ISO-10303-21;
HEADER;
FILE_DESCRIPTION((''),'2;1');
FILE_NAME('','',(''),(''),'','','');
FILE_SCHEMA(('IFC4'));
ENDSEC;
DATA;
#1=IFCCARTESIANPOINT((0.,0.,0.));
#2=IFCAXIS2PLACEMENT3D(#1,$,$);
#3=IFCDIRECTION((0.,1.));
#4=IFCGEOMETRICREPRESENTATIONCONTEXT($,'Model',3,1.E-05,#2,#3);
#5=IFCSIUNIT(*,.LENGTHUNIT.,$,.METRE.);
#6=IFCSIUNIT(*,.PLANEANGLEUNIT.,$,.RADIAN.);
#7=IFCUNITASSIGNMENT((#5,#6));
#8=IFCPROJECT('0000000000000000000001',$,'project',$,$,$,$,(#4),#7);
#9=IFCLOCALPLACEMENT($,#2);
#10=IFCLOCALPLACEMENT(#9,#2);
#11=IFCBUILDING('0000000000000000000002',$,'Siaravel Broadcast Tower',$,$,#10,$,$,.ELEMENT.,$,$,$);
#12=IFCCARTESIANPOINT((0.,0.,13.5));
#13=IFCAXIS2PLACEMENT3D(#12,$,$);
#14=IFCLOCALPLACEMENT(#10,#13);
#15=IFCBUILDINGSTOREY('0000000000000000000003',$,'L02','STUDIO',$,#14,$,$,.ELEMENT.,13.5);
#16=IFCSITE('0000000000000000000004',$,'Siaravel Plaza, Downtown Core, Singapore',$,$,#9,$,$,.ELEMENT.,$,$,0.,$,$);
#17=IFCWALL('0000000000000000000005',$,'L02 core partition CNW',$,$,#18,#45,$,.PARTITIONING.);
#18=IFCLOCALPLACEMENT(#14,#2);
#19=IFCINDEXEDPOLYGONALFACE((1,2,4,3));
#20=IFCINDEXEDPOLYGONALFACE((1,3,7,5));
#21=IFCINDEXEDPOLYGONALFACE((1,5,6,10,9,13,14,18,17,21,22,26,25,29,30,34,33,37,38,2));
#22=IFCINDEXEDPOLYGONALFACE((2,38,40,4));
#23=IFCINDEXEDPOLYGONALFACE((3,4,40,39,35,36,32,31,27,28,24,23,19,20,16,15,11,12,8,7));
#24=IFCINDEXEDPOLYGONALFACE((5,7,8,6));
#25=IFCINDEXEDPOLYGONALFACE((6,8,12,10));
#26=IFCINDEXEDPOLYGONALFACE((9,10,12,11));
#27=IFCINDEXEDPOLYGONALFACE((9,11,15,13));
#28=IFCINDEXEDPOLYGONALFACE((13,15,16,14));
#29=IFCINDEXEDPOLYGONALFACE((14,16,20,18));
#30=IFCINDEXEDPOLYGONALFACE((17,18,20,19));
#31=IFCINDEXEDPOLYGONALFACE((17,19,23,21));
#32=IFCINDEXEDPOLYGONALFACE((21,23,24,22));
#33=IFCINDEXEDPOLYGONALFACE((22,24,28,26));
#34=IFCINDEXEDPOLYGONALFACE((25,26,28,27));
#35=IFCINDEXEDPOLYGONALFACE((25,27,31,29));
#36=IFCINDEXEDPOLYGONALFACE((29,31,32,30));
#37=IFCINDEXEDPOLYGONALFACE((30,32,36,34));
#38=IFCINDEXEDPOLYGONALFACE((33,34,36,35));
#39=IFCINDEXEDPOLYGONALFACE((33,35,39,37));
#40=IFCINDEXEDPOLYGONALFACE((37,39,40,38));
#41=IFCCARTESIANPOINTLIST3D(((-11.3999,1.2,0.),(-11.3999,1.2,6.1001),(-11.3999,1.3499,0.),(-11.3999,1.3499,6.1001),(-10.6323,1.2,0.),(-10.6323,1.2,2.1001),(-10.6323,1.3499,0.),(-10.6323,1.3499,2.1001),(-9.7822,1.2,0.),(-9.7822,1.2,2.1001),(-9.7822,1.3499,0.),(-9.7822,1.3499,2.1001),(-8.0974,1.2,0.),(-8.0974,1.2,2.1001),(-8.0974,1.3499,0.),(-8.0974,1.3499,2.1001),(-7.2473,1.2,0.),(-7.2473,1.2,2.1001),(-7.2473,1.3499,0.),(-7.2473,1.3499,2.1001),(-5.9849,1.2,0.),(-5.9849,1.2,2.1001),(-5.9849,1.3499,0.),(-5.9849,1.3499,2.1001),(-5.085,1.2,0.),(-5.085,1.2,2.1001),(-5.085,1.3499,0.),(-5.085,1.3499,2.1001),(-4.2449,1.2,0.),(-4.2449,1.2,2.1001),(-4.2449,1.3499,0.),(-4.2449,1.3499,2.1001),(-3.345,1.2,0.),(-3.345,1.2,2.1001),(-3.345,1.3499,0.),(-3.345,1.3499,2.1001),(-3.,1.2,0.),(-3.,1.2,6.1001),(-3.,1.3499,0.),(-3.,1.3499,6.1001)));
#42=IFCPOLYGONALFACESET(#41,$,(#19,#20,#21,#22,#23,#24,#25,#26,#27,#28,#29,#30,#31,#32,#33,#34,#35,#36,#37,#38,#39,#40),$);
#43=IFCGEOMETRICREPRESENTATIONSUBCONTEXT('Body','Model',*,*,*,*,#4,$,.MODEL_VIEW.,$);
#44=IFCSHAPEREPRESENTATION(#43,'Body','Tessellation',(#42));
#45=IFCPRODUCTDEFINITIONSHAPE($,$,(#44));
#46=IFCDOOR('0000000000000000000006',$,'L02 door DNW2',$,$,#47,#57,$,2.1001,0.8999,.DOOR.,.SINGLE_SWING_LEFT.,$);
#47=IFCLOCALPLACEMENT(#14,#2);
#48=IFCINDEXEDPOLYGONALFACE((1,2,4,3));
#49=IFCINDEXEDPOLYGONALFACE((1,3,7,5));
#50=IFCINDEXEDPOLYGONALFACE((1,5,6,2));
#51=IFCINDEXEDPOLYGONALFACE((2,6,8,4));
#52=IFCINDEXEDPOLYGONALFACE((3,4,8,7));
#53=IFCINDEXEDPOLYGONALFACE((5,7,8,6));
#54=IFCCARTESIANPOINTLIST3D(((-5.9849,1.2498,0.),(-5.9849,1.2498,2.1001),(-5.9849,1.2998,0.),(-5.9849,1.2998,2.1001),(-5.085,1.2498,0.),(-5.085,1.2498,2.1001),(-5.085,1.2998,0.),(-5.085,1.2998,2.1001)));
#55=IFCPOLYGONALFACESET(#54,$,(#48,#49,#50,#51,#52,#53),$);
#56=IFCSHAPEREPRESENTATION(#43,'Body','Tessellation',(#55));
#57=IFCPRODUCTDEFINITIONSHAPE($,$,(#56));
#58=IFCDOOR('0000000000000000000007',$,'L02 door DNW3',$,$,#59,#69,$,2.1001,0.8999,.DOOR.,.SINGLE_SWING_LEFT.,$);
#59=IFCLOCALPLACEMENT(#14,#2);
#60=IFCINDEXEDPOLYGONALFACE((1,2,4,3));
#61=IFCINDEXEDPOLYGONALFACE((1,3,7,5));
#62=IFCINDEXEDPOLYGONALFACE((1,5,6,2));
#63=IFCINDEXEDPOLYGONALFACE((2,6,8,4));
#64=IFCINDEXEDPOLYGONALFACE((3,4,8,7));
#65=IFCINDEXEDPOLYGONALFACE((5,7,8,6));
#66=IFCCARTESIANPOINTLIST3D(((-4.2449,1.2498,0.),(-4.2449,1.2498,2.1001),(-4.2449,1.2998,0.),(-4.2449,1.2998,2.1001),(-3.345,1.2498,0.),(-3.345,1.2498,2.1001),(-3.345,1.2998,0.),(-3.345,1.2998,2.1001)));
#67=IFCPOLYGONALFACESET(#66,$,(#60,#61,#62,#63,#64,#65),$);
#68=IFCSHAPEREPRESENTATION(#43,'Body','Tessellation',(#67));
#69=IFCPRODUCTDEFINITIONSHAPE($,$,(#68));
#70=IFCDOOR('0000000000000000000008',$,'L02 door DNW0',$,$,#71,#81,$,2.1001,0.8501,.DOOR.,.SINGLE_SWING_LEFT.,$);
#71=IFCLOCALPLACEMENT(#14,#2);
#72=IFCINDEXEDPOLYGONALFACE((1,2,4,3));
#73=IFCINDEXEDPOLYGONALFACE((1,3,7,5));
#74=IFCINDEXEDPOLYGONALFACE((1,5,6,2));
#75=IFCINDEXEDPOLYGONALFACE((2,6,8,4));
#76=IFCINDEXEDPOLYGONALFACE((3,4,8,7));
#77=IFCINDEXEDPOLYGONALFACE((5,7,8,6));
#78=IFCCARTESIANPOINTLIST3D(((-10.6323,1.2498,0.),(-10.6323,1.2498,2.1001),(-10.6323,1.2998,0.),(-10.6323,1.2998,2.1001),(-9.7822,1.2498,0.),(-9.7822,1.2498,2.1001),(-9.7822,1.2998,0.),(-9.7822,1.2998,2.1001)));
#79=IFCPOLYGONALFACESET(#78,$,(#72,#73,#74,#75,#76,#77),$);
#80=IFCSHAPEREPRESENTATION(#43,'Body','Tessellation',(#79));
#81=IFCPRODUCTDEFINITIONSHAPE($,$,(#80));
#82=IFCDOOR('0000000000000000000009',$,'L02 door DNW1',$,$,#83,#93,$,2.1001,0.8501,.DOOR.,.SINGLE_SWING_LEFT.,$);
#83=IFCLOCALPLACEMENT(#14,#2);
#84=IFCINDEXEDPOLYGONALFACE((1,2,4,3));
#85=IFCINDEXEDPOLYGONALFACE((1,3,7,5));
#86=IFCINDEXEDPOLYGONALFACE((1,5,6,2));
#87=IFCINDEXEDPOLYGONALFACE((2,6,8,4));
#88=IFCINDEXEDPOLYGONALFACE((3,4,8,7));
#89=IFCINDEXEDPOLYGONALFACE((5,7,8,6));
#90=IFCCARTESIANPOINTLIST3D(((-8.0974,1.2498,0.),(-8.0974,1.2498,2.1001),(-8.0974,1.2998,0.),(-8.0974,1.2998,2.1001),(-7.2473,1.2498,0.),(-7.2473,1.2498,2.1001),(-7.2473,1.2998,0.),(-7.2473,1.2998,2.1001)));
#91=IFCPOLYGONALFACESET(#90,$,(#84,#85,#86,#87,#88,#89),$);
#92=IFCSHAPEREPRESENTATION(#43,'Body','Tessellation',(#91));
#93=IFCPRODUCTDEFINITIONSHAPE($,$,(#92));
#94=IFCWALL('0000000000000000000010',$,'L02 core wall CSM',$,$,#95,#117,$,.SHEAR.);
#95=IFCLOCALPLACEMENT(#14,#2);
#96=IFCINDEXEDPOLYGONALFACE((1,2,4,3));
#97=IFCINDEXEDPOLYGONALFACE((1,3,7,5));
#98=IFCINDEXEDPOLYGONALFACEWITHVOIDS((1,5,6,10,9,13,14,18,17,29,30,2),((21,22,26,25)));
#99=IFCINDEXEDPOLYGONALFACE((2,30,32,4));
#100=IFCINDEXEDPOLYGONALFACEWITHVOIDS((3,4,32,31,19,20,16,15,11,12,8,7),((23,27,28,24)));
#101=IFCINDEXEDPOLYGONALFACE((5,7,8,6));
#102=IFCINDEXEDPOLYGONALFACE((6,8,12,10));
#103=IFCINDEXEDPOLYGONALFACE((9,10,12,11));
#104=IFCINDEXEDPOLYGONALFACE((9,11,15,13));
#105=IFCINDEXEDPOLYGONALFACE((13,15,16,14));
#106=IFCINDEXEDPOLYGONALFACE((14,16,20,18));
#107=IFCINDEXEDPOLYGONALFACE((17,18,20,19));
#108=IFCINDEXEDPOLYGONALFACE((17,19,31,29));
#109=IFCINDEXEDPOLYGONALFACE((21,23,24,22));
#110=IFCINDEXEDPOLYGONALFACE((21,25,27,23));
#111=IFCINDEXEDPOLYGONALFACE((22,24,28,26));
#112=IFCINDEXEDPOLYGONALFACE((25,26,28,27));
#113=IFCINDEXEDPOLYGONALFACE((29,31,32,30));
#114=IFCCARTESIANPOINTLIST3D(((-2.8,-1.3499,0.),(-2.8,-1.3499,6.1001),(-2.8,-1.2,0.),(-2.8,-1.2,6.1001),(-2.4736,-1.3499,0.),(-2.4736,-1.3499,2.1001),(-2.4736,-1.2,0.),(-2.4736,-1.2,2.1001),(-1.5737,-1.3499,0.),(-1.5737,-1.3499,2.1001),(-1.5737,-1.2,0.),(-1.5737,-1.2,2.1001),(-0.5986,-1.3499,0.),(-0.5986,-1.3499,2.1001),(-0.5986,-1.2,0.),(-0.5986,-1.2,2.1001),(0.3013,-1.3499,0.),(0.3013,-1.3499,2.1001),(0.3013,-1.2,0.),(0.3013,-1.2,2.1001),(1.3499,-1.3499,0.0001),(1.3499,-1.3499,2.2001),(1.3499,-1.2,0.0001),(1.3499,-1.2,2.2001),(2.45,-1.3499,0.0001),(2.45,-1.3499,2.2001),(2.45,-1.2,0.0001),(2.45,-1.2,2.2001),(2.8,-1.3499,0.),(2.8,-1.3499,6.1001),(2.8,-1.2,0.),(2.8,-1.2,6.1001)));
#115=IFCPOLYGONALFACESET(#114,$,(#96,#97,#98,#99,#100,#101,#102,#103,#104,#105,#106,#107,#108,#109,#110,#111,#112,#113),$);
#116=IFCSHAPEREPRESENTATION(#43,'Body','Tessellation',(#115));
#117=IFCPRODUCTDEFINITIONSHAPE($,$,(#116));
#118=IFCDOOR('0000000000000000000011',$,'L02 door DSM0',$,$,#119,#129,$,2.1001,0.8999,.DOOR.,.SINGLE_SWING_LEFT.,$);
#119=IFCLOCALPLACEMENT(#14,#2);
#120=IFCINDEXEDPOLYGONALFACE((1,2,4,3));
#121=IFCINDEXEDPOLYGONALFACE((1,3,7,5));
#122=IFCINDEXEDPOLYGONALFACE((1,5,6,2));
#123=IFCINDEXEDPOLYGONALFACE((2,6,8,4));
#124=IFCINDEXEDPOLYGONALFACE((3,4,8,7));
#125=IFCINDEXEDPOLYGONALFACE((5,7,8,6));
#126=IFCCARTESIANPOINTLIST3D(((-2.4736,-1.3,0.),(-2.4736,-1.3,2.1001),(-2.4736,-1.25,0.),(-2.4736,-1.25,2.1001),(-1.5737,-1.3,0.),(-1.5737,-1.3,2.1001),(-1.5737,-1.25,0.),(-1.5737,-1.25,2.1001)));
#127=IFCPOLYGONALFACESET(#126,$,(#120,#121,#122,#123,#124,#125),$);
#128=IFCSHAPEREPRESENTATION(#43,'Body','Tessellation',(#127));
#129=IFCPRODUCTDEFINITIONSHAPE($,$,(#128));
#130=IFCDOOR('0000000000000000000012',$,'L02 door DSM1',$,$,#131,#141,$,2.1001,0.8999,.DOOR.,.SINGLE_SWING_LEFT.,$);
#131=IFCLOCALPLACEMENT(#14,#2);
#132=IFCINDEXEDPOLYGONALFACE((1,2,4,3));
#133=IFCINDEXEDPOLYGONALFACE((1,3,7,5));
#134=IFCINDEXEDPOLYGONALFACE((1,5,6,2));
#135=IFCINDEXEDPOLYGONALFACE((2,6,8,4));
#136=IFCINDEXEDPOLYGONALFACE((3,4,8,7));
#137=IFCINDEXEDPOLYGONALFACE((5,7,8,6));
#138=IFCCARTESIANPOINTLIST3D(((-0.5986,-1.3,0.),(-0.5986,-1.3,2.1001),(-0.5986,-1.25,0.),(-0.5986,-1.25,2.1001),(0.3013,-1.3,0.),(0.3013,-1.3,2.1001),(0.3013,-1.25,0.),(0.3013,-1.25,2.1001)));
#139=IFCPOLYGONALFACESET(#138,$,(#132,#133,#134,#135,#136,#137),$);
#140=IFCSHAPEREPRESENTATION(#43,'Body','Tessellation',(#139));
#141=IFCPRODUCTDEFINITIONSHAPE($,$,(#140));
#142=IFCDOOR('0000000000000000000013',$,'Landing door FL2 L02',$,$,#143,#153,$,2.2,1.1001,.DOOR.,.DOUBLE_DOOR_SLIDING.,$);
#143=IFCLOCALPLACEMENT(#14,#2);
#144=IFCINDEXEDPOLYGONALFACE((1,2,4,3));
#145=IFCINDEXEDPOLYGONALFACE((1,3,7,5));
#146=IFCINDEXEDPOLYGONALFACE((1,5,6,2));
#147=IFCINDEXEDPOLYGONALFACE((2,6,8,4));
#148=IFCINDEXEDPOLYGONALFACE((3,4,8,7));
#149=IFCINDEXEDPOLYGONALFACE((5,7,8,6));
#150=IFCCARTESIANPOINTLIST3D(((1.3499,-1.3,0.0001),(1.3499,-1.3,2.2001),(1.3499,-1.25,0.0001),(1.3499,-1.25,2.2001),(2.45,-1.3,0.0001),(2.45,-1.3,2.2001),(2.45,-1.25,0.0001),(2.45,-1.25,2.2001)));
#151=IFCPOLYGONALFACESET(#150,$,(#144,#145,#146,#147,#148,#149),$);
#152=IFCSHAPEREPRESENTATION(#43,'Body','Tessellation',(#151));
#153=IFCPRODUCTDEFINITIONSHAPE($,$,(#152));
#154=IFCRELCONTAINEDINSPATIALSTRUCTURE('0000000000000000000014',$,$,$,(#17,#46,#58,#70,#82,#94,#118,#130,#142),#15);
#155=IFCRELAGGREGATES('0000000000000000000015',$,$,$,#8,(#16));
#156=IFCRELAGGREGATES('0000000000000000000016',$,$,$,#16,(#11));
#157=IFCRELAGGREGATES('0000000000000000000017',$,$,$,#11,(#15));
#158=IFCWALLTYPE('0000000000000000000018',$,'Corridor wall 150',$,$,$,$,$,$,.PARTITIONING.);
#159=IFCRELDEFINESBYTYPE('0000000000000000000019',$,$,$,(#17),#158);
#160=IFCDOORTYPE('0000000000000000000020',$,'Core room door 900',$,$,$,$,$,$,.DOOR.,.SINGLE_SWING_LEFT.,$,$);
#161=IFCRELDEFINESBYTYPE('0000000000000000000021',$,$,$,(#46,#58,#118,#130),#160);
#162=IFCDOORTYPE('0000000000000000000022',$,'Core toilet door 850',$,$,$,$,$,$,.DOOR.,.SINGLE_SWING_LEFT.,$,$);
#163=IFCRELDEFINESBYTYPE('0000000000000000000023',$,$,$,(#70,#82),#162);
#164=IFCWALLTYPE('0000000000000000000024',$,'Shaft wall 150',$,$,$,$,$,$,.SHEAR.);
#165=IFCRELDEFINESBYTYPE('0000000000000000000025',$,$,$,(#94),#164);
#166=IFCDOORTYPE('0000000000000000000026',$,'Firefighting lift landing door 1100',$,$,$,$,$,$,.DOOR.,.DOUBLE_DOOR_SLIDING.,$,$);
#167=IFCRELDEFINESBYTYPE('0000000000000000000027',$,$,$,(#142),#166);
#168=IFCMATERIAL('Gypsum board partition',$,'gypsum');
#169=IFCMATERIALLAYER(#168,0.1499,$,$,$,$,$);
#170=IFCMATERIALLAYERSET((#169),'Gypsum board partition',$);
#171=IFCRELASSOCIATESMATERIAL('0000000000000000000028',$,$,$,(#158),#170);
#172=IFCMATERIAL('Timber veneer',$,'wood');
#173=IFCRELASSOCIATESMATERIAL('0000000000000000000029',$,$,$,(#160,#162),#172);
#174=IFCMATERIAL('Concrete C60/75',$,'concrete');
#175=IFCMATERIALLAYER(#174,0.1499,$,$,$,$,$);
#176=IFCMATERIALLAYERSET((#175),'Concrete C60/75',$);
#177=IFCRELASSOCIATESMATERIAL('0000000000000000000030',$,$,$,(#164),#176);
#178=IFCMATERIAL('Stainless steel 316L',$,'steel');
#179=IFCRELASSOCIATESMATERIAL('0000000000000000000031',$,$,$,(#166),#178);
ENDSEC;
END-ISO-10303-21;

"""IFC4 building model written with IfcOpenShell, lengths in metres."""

from ifc_helpers import new_model, si_unit, direction, frame, frame_2d, origin, place, context, subcontext, project, spatial, rectangle, extrude, material, layer, layer_set, type_object, element, fill, save


model = new_model("IFC4")

# Units and contexts
model_context = context("Model", 3, precision=1e-05, world=origin(), true_north=direction((0.0, 1.0)))
body_context = subcontext(model_context, "Body", "Model", "MODEL_VIEW")
ifc_project = project(units=[si_unit("LENGTHUNIT", "METRE"), si_unit("PLANEANGLEUNIT", "RADIAN")], contexts=[model_context])

# Site, building, storey
site_placement = place(None, origin())
site = spatial("IfcSite", under=ifc_project, at=site_placement, Name="Siaravel Plaza, Downtown Core, Singapore", CompositionType="ELEMENT", RefElevation=0.0)
building_placement = place(site_placement, origin())
building = spatial("IfcBuilding", under=site, at=building_placement, Name="Siaravel Broadcast Tower", CompositionType="ELEMENT")
storey_placement = place(building_placement, frame((0.0, 0.0, 13.5)))
storey = spatial("IfcBuildingStorey", under=building, at=storey_placement, Name="L02", Description="STUDIO", CompositionType="ELEMENT", Elevation=13.5)

# Walls, openings, doors
ifc_material_1 = material(Name="Gypsum board partition", Category="gypsum")
ifc_layer_1 = layer(ifc_material_1, 0.1499)
ifc_layer_set_1 = layer_set([ifc_layer_1], Name="Gypsum board partition")
wall_type_1 = type_object("IfcWallType", Name="Corridor wall 150", PredefinedType="PARTITIONING", material=ifc_layer_set_1)
wall_1_placement = place(storey_placement, frame((-11.3999, 1.2749, 0.0), z_axis=(0.0, 0.0, 1.0), x_axis=(1.0, 0.0, 0.0)))
wall_1 = element("IfcWall", 1, at=wall_1_placement, inside=storey, type_object=wall_type_1, Name="L02 core partition CNW", PredefinedType="PARTITIONING", context=body_context, shape_type="SweptSolid", body=[
    extrude(rectangle(XDim=8.3999, YDim=0.1499, at=frame_2d((4.2, 0.0))), origin(), (0.0, 0.0, 1.0), 6.1001),
])
opening_1_placement = place(wall_1_placement, frame((0.7676, 0.0, 0.0)))
opening_1 = element("IfcOpeningElement", 2, at=opening_1_placement, cuts=wall_1, PredefinedType="OPENING", context=body_context, shape_type="SweptSolid", body=[
    extrude(rectangle(XDim=0.8501, YDim=2.1001, at=frame_2d((0.425, 1.05))), frame((0.0, 0.085, 0.0), z_axis=(0.0, -1.0, 0.0), x_axis=(1.0, 0.0, 0.0)), (0.0, 0.0, 1.0), 0.1699),
])
opening_2_placement = place(wall_1_placement, frame((3.3025, 0.0, 0.0)))
opening_2 = element("IfcOpeningElement", 3, at=opening_2_placement, cuts=wall_1, PredefinedType="OPENING", context=body_context, shape_type="SweptSolid", body=[
    extrude(rectangle(XDim=0.8501, YDim=2.1001, at=frame_2d((0.425, 1.05))), frame((0.0, 0.085, 0.0), z_axis=(0.0, -1.0, 0.0), x_axis=(1.0, 0.0, 0.0)), (0.0, 0.0, 1.0), 0.1699),
])
opening_3_placement = place(wall_1_placement, frame((5.415, 0.0, 0.0)))
opening_3 = element("IfcOpeningElement", 4, at=opening_3_placement, cuts=wall_1, PredefinedType="OPENING", context=body_context, shape_type="SweptSolid", body=[
    extrude(rectangle(XDim=0.8999, YDim=2.1001, at=frame_2d((0.45, 1.05))), frame((0.0, 0.085, 0.0), z_axis=(0.0, -1.0, 0.0), x_axis=(1.0, 0.0, 0.0)), (0.0, 0.0, 1.0), 0.1699),
])
opening_4_placement = place(wall_1_placement, frame((7.155, 0.0, 0.0)))
opening_4 = element("IfcOpeningElement", 5, at=opening_4_placement, cuts=wall_1, PredefinedType="OPENING", context=body_context, shape_type="SweptSolid", body=[
    extrude(rectangle(XDim=0.8999, YDim=2.1001, at=frame_2d((0.45, 1.05))), frame((0.0, 0.085, 0.0), z_axis=(0.0, -1.0, 0.0), x_axis=(1.0, 0.0, 0.0)), (0.0, 0.0, 1.0), 0.1699),
])
ifc_material_2 = material(Name="Timber veneer", Category="wood")
door_type_1 = type_object("IfcDoorType", Name="Core room door 900", OperationType="SINGLE_SWING_LEFT", PredefinedType="DOOR", material=ifc_material_2)
door_1_placement = place(opening_3_placement, origin())
door_1 = element("IfcDoor", 6, at=door_1_placement, inside=storey, type_object=door_type_1, Name="L02 door DNW2", OperationType="SINGLE_SWING_LEFT", OverallHeight=2.1001, OverallWidth=0.8999, PredefinedType="DOOR", context=body_context, shape_type="SweptSolid", body=[
    extrude(rectangle(XDim=0.8999, YDim=2.1001, at=frame_2d((0.45, 1.05))), frame((0.0, 0.0249, 0.0), z_axis=(0.0, -1.0, 0.0), x_axis=(1.0, 0.0, 0.0)), (0.0, 0.0, 1.0), 0.05),
])
fill(opening_3, door_1)
door_2_placement = place(opening_4_placement, origin())
door_2 = element("IfcDoor", 7, at=door_2_placement, inside=storey, type_object=door_type_1, Name="L02 door DNW3", OperationType="SINGLE_SWING_LEFT", OverallHeight=2.1001, OverallWidth=0.8999, PredefinedType="DOOR", context=body_context, shape_type="SweptSolid", body=[
    extrude(rectangle(XDim=0.8999, YDim=2.1001, at=frame_2d((0.45, 1.05))), frame((0.0, 0.0249, 0.0), z_axis=(0.0, -1.0, 0.0), x_axis=(1.0, 0.0, 0.0)), (0.0, 0.0, 1.0), 0.05),
])
fill(opening_4, door_2)
door_type_2 = type_object("IfcDoorType", Name="Core toilet door 850", OperationType="SINGLE_SWING_LEFT", PredefinedType="DOOR", material=ifc_material_2)
door_3_placement = place(opening_1_placement, origin())
door_3 = element("IfcDoor", 8, at=door_3_placement, inside=storey, type_object=door_type_2, Name="L02 door DNW0", OperationType="SINGLE_SWING_LEFT", OverallHeight=2.1001, OverallWidth=0.8501, PredefinedType="DOOR", context=body_context, shape_type="SweptSolid", body=[
    extrude(rectangle(XDim=0.8501, YDim=2.1001, at=frame_2d((0.425, 1.05))), frame((0.0, 0.0249, 0.0), z_axis=(0.0, -1.0, 0.0), x_axis=(1.0, 0.0, 0.0)), (0.0, 0.0, 1.0), 0.05),
])
fill(opening_1, door_3)
door_4_placement = place(opening_2_placement, origin())
door_4 = element("IfcDoor", 9, at=door_4_placement, inside=storey, type_object=door_type_2, Name="L02 door DNW1", OperationType="SINGLE_SWING_LEFT", OverallHeight=2.1001, OverallWidth=0.8501, PredefinedType="DOOR", context=body_context, shape_type="SweptSolid", body=[
    extrude(rectangle(XDim=0.8501, YDim=2.1001, at=frame_2d((0.425, 1.05))), frame((0.0, 0.0249, 0.0), z_axis=(0.0, -1.0, 0.0), x_axis=(1.0, 0.0, 0.0)), (0.0, 0.0, 1.0), 0.05),
])
fill(opening_2, door_4)
ifc_material_3 = material(Name="Concrete C60/75", Category="concrete")
ifc_layer_2 = layer(ifc_material_3, 0.1499)
ifc_layer_set_2 = layer_set([ifc_layer_2], Name="Concrete C60/75")
wall_type_2 = type_object("IfcWallType", Name="Shaft wall 150", PredefinedType="SHEAR", material=ifc_layer_set_2)
wall_2_placement = place(storey_placement, frame((-2.8, -1.2749, 0.0), z_axis=(0.0, 0.0, 1.0), x_axis=(1.0, 0.0, 0.0)))
wall_2 = element("IfcWall", 10, at=wall_2_placement, inside=storey, type_object=wall_type_2, Name="L02 core wall CSM", PredefinedType="SHEAR", context=body_context, shape_type="SweptSolid", body=[
    extrude(rectangle(XDim=5.6001, YDim=0.1499, at=frame_2d((2.8, 0.0))), origin(), (0.0, 0.0, 1.0), 6.1001),
])
opening_5_placement = place(wall_2_placement, frame((4.1499, 0.0, 0.0)))
opening_5 = element("IfcOpeningElement", 11, at=opening_5_placement, cuts=wall_2, PredefinedType="OPENING", context=body_context, shape_type="SweptSolid", body=[
    extrude(rectangle(XDim=1.1001, YDim=2.2, at=frame_2d((0.55, 1.1001))), frame((0.0, 0.085, 0.0), z_axis=(0.0, -1.0, 0.0), x_axis=(1.0, 0.0, 0.0)), (0.0, 0.0, 1.0), 0.1699),
])
opening_6_placement = place(wall_2_placement, frame((0.3264, 0.0, 0.0)))
opening_6 = element("IfcOpeningElement", 12, at=opening_6_placement, cuts=wall_2, PredefinedType="OPENING", context=body_context, shape_type="SweptSolid", body=[
    extrude(rectangle(XDim=0.8999, YDim=2.1001, at=frame_2d((0.45, 1.05))), frame((0.0, 0.085, 0.0), z_axis=(0.0, -1.0, 0.0), x_axis=(1.0, 0.0, 0.0)), (0.0, 0.0, 1.0), 0.1699),
])
opening_7_placement = place(wall_2_placement, frame((2.2014, 0.0, 0.0)))
opening_7 = element("IfcOpeningElement", 13, at=opening_7_placement, cuts=wall_2, PredefinedType="OPENING", context=body_context, shape_type="SweptSolid", body=[
    extrude(rectangle(XDim=0.8999, YDim=2.1001, at=frame_2d((0.45, 1.05))), frame((0.0, 0.085, 0.0), z_axis=(0.0, -1.0, 0.0), x_axis=(1.0, 0.0, 0.0)), (0.0, 0.0, 1.0), 0.1699),
])
door_5_placement = place(opening_6_placement, origin())
door_5 = element("IfcDoor", 14, at=door_5_placement, inside=storey, type_object=door_type_1, Name="L02 door DSM0", OperationType="SINGLE_SWING_LEFT", OverallHeight=2.1001, OverallWidth=0.8999, PredefinedType="DOOR", context=body_context, shape_type="SweptSolid", body=[
    extrude(rectangle(XDim=0.8999, YDim=2.1001, at=frame_2d((0.45, 1.05))), frame((0.0, 0.0249, 0.0), z_axis=(0.0, -1.0, 0.0), x_axis=(1.0, 0.0, 0.0)), (0.0, 0.0, 1.0), 0.05),
])
fill(opening_6, door_5)
door_6_placement = place(opening_7_placement, origin())
door_6 = element("IfcDoor", 15, at=door_6_placement, inside=storey, type_object=door_type_1, Name="L02 door DSM1", OperationType="SINGLE_SWING_LEFT", OverallHeight=2.1001, OverallWidth=0.8999, PredefinedType="DOOR", context=body_context, shape_type="SweptSolid", body=[
    extrude(rectangle(XDim=0.8999, YDim=2.1001, at=frame_2d((0.45, 1.05))), frame((0.0, 0.0249, 0.0), z_axis=(0.0, -1.0, 0.0), x_axis=(1.0, 0.0, 0.0)), (0.0, 0.0, 1.0), 0.05),
])
fill(opening_7, door_6)
ifc_material_4 = material(Name="Stainless steel 316L", Category="steel")
door_type_3 = type_object("IfcDoorType", Name="Firefighting lift landing door 1100", OperationType="DOUBLE_DOOR_SLIDING", PredefinedType="DOOR", material=ifc_material_4)
door_7_placement = place(opening_5_placement, origin())
door_7 = element("IfcDoor", 16, at=door_7_placement, inside=storey, type_object=door_type_3, Name="Landing door FL2 L02", OperationType="DOUBLE_DOOR_SLIDING", OverallHeight=2.2, OverallWidth=1.1001, PredefinedType="DOOR", context=body_context, shape_type="SweptSolid", body=[
    extrude(rectangle(XDim=1.1001, YDim=2.2, at=frame_2d((0.55, 1.1001))), frame((0.0, 0.0249, 0.0), z_axis=(0.0, -1.0, 0.0), x_axis=(1.0, 0.0, 0.0)), (0.0, 0.0, 1.0), 0.05),
])
fill(opening_5, door_7)

save(model, "model.ifc")
